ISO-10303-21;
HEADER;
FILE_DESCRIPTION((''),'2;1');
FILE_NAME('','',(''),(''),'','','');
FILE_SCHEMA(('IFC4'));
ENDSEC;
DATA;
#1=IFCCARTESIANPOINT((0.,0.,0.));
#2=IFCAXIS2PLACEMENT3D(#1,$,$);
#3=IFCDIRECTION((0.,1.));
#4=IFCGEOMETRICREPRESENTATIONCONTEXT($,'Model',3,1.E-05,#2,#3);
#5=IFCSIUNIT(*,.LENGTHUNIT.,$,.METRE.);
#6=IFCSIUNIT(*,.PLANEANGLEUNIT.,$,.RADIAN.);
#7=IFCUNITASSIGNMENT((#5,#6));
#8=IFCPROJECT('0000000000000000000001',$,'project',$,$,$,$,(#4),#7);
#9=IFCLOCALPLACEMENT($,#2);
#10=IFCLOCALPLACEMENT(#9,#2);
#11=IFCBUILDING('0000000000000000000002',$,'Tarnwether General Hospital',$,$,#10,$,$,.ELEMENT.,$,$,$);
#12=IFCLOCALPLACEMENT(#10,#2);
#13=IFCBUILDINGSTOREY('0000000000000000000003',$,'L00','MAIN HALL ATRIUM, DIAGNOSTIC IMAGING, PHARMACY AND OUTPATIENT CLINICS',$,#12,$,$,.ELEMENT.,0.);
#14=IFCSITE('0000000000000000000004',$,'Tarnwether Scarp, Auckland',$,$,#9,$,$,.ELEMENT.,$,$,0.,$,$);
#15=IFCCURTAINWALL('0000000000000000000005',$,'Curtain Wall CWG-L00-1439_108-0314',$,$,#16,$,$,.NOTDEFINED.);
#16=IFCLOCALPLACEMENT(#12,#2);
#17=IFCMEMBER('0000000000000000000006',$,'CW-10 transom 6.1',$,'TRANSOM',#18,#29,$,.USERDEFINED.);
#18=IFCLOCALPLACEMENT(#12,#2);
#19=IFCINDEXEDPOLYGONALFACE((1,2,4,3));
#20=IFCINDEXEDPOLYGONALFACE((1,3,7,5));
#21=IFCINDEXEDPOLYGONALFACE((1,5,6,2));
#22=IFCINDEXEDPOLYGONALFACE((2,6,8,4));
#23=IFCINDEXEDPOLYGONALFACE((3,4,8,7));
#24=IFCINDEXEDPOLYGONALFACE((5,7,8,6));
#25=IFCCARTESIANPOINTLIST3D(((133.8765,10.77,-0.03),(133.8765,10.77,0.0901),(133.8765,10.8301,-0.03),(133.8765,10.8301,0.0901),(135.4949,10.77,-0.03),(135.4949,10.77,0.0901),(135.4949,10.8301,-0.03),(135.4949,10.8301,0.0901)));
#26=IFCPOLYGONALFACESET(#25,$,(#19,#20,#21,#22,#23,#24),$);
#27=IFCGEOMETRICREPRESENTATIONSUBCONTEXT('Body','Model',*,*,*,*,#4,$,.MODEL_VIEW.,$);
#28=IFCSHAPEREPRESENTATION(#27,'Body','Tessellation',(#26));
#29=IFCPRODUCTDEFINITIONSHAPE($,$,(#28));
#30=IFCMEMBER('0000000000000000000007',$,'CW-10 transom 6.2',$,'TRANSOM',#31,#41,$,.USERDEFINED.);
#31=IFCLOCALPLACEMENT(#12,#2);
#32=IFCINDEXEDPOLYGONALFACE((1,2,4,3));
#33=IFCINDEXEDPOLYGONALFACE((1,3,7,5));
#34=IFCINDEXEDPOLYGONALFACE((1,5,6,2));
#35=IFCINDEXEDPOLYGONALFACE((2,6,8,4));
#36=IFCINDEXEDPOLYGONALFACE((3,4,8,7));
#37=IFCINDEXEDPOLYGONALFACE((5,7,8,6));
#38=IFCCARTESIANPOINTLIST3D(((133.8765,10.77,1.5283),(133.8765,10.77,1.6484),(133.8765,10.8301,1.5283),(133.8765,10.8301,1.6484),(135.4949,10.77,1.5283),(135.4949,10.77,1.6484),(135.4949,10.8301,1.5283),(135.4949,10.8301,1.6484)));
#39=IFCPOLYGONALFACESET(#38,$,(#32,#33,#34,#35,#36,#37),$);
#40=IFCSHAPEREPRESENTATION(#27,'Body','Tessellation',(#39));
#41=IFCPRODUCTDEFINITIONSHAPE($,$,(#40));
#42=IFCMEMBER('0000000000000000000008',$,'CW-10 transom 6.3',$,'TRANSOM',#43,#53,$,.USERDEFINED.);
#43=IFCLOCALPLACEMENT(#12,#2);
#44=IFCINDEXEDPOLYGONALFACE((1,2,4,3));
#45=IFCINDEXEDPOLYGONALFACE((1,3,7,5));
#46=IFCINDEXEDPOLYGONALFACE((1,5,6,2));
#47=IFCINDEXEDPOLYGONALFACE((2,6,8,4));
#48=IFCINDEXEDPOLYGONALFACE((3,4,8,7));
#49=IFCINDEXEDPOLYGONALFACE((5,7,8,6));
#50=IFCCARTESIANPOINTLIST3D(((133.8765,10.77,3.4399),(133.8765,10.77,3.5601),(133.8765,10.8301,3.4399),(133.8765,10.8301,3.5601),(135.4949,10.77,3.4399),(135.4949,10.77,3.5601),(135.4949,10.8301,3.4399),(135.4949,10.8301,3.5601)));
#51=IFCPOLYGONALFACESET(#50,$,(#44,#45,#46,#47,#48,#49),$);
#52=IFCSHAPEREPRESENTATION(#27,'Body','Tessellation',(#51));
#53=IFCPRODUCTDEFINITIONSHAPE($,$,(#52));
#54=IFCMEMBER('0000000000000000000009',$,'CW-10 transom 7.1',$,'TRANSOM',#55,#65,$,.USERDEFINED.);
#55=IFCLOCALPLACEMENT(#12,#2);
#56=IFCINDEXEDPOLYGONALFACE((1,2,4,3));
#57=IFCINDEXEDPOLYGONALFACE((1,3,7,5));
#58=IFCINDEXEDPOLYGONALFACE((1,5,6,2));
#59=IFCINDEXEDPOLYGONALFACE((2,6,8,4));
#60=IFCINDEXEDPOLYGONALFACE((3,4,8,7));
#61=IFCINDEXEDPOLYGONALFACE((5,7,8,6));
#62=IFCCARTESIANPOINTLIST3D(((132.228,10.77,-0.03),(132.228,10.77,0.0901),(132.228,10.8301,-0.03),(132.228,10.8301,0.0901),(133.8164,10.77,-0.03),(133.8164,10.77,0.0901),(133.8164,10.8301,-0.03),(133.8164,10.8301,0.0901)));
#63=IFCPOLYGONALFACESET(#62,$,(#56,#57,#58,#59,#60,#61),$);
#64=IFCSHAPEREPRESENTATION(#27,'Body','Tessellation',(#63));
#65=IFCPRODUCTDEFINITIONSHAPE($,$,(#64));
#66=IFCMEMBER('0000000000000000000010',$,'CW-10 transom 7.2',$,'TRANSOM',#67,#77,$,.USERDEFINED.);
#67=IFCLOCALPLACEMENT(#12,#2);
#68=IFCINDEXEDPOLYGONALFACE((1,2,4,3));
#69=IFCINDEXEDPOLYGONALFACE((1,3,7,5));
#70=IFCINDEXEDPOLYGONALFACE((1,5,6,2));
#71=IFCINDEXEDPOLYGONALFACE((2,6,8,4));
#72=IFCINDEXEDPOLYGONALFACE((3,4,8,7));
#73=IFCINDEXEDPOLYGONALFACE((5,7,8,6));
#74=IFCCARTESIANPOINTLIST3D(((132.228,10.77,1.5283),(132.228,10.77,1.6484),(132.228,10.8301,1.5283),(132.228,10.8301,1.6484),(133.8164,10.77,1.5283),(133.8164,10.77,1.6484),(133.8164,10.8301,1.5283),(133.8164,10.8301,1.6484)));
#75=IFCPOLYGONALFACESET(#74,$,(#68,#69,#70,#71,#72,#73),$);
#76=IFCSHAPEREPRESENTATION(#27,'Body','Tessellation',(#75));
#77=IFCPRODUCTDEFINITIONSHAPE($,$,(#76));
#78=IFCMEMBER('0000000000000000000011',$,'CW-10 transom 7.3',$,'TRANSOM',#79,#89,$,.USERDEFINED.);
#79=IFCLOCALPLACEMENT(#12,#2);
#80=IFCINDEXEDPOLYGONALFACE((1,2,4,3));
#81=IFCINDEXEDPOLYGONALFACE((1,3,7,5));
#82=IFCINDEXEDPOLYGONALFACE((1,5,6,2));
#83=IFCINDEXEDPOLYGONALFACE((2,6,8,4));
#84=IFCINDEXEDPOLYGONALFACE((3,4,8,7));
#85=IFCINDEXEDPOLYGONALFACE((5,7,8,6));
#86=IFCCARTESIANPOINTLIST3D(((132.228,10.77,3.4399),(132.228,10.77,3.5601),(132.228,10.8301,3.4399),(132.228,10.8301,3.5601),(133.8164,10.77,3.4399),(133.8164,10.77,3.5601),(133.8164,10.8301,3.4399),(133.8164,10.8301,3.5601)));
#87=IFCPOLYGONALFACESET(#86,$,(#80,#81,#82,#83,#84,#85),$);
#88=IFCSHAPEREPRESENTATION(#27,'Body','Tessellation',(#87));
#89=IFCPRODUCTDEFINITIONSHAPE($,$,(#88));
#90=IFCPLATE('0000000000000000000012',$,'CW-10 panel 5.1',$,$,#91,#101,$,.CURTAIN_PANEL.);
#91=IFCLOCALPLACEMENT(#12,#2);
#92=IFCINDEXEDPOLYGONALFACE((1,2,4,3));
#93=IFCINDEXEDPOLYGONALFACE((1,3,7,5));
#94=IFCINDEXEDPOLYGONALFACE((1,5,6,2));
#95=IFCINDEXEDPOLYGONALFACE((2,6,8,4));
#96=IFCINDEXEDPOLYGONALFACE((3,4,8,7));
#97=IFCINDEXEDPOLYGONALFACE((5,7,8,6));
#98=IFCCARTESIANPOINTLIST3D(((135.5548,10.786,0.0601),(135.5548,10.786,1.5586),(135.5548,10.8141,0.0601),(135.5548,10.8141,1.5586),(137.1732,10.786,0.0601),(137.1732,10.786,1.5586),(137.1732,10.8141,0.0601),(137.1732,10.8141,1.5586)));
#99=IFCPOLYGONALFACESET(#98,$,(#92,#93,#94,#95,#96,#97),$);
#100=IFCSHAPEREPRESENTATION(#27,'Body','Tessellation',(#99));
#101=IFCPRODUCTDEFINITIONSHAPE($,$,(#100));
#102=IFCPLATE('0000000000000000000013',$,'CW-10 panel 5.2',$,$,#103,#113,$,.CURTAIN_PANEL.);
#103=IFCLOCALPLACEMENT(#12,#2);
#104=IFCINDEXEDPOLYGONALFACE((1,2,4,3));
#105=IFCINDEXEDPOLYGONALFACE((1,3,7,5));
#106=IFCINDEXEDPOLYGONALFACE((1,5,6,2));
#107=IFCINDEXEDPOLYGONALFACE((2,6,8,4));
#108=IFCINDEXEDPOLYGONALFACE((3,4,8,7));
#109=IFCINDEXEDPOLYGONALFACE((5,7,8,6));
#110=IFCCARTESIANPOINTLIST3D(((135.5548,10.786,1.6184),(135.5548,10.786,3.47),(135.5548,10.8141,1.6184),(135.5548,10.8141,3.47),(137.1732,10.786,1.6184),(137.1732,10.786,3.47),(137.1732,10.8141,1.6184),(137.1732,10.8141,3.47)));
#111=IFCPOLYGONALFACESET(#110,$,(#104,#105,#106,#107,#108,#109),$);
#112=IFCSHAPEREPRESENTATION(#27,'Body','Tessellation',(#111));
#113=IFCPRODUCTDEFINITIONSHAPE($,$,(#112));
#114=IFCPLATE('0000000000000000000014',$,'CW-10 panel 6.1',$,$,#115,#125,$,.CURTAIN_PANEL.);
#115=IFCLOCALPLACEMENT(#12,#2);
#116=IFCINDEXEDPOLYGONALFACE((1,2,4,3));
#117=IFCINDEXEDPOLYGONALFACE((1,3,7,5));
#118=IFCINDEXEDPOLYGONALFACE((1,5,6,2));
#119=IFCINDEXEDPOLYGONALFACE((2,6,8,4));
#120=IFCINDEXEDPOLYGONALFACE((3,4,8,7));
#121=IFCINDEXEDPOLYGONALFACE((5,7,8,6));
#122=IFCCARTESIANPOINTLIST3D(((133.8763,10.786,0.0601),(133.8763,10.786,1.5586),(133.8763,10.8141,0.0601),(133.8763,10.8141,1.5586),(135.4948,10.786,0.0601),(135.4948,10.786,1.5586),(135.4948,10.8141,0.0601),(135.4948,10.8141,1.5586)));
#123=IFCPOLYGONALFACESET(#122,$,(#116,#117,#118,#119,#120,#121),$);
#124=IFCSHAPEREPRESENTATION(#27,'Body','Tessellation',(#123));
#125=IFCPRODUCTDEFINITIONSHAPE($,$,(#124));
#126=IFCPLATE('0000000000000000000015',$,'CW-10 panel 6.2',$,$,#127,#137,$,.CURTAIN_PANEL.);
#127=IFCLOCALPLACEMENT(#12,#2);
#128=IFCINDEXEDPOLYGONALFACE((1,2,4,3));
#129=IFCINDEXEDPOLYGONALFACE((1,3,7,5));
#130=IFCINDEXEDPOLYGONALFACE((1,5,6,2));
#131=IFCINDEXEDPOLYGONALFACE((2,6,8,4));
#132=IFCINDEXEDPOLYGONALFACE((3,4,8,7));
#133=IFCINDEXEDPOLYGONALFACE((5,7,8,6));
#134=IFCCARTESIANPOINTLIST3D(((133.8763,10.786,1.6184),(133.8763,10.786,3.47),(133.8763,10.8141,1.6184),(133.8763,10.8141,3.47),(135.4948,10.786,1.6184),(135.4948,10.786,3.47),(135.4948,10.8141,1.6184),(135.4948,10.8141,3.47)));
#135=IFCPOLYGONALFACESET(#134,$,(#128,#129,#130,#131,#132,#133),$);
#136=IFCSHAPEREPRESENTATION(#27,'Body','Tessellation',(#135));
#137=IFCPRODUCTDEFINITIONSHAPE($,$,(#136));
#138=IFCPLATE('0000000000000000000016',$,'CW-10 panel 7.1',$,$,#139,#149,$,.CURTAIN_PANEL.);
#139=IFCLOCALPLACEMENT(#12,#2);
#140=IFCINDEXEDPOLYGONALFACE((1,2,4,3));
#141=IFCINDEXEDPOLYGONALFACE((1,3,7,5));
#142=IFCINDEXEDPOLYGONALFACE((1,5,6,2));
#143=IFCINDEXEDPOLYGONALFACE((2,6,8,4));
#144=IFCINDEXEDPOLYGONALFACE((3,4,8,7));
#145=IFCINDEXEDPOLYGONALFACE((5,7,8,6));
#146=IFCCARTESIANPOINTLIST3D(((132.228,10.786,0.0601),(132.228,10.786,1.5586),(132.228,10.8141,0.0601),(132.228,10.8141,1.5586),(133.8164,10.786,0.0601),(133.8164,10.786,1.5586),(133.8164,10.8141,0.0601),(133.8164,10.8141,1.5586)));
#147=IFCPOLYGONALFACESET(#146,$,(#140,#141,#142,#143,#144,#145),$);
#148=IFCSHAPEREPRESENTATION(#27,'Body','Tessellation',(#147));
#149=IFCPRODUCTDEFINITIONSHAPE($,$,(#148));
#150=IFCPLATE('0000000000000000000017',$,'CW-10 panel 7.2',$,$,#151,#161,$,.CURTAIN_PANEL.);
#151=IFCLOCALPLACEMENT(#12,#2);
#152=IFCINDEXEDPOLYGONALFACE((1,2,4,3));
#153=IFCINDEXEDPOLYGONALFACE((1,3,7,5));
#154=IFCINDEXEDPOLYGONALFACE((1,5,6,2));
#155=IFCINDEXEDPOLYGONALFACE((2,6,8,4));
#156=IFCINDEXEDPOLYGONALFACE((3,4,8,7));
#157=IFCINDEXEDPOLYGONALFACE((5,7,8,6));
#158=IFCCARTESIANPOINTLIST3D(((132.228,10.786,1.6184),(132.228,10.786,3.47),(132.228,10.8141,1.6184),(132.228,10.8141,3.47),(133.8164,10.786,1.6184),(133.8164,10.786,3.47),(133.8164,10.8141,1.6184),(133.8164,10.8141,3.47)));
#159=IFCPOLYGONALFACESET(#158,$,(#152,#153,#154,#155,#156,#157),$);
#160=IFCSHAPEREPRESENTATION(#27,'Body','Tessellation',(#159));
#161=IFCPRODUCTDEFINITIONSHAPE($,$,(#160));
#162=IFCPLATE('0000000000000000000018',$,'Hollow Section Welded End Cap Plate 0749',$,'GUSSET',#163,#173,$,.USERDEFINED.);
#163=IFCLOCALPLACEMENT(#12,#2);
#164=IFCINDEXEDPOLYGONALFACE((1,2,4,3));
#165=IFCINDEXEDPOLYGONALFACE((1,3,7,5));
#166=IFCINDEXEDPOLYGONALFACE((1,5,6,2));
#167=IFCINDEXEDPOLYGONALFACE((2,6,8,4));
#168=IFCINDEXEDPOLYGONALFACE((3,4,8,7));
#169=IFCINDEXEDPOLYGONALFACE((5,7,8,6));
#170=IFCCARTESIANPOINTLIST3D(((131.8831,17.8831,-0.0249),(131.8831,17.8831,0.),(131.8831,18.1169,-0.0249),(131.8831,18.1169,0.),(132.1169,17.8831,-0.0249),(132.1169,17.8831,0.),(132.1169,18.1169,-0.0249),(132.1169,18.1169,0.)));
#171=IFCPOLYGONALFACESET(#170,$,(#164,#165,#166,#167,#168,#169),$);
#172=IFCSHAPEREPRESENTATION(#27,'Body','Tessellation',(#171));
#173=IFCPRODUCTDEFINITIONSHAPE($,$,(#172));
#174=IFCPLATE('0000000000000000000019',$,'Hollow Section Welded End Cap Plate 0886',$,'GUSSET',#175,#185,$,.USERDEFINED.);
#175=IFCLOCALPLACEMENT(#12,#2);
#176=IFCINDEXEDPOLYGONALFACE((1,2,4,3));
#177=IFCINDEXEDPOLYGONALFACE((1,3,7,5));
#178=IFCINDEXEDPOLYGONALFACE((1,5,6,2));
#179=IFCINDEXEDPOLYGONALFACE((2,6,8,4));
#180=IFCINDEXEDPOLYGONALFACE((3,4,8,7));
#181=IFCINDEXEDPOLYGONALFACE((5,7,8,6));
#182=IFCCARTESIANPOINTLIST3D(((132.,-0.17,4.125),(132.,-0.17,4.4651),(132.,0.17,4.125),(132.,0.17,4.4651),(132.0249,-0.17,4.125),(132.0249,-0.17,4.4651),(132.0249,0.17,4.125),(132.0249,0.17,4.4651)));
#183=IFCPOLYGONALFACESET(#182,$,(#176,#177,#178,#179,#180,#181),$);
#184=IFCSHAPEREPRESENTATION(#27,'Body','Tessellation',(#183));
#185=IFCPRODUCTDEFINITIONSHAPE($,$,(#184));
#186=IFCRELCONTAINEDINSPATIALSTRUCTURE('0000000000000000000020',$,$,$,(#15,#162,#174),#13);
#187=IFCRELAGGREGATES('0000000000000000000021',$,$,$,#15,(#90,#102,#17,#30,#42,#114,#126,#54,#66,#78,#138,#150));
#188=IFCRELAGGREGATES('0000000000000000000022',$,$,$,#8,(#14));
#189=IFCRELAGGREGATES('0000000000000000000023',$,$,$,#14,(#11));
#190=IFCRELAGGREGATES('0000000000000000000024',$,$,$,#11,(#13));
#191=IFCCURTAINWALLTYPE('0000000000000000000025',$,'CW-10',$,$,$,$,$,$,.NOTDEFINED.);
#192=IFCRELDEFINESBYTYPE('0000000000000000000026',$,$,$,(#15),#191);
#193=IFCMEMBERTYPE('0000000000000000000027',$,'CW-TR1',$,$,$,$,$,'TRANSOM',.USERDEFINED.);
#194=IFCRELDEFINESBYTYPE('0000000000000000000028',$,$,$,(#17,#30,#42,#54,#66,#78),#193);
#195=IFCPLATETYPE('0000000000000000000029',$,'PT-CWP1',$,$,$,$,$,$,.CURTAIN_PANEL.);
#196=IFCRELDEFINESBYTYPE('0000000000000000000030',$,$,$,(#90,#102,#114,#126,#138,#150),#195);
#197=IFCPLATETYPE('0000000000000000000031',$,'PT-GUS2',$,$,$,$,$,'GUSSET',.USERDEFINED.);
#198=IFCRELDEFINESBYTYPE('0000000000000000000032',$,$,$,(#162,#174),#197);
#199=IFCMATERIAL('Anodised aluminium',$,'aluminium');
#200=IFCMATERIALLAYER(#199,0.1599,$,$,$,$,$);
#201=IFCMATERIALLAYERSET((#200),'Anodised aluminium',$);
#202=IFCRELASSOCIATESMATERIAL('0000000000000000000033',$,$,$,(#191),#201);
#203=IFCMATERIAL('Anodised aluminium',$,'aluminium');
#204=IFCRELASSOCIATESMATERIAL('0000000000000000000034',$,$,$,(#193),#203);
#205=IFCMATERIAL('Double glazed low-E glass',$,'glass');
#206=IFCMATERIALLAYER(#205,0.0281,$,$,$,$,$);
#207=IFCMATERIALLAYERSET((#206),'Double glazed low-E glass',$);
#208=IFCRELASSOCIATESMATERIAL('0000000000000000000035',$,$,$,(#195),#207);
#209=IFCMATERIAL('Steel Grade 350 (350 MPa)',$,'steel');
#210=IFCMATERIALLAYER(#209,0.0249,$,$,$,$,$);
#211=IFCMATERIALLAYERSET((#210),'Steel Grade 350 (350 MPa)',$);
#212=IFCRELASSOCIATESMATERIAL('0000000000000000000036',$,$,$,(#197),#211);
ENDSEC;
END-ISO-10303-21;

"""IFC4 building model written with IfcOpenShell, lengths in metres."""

from ifc_helpers import new_model, si_unit, direction, frame, origin, origin_2d, place, context, subcontext, project, spatial, rectangle, extrude, material, layer, layer_set, material_profile, profile_set, type_object, element, aggregate, save


model = new_model("IFC4")

# Units and contexts
model_context = context("Model", 3, precision=1e-05, world=origin(), true_north=direction((0.0, 1.0)))
body_context = subcontext(model_context, "Body", "Model", "MODEL_VIEW")
ifc_project = project(units=[si_unit("LENGTHUNIT", "METRE"), si_unit("PLANEANGLEUNIT", "RADIAN")], contexts=[model_context])

# Site, building, storey
site_placement = place(None, origin())
site = spatial("IfcSite", under=ifc_project, at=site_placement, Name="Tarnwether Scarp, Auckland", CompositionType="ELEMENT", RefElevation=0.0)
building_placement = place(site_placement, origin())
building = spatial("IfcBuilding", under=site, at=building_placement, Name="Tarnwether General Hospital", CompositionType="ELEMENT")
storey_placement = place(building_placement, origin())
storey = spatial("IfcBuildingStorey", under=building, at=storey_placement, Name="L00", Description="MAIN HALL ATRIUM, DIAGNOSTIC IMAGING, PHARMACY AND OUTPATIENT CLINICS", CompositionType="ELEMENT", Elevation=0.0)

# Curtain wall, members, plates
ifc_material_1 = material(Name="Anodised aluminium", Category="aluminium")
ifc_layer_1 = layer(ifc_material_1, 0.1599)
ifc_layer_set_1 = layer_set([ifc_layer_1], Name="Anodised aluminium")
curtain_wall_type = type_object("IfcCurtainWallType", Name="CW-10", PredefinedType="NOTDEFINED", material=ifc_layer_set_1)
curtain_wall_placement = place(storey_placement, origin())
curtain_wall = element("IfcCurtainWall", 1, at=curtain_wall_placement, inside=storey, type_object=curtain_wall_type, Name="Curtain Wall CWG-L00-1439_108-0314", PredefinedType="NOTDEFINED")
ifc_material_2 = material(Name="Anodised aluminium", Category="aluminium")
ifc_material_profile_1 = material_profile(ifc_material_2, rectangle(XDim=0.0601, YDim=0.1201, at=origin_2d()), Name="ALU-TRN-60x120")
ifc_profile_set_1 = profile_set([ifc_material_profile_1], Name="Anodised aluminium")
member_type_1 = type_object("IfcMemberType", Name="CW-TR1", ElementType="TRANSOM", PredefinedType="USERDEFINED", material=ifc_profile_set_1)
member_1_placement = place(storey_placement, frame((135.4949, 10.8, 0.03), z_axis=(-1.0, 0.0, 0.0), x_axis=(0.0, -1.0, 0.0)))
member_1 = element("IfcMember", 2, at=member_1_placement, type_object=member_type_1, Name="CW-10 transom 6.1", ObjectType="TRANSOM", PredefinedType="USERDEFINED", context=body_context, shape_type="SweptSolid", body=[
    extrude(rectangle(XDim=0.0601, YDim=0.1201, at=origin_2d()), origin(), (0.0, 0.0, 1.0), 1.6184),
])
member_2_placement = place(storey_placement, frame((135.4949, 10.8, 1.5884), z_axis=(-1.0, 0.0, 0.0), x_axis=(0.0, -1.0, 0.0)))
member_2 = element("IfcMember", 3, at=member_2_placement, type_object=member_type_1, Name="CW-10 transom 6.2", ObjectType="TRANSOM", PredefinedType="USERDEFINED", context=body_context, shape_type="SweptSolid", body=[
    extrude(rectangle(XDim=0.0601, YDim=0.1201, at=origin_2d()), origin(), (0.0, 0.0, 1.0), 1.6184),
])
member_3_placement = place(storey_placement, frame((135.4949, 10.8, 3.5), z_axis=(-1.0, 0.0, 0.0), x_axis=(0.0, -1.0, 0.0)))
member_3 = element("IfcMember", 4, at=member_3_placement, type_object=member_type_1, Name="CW-10 transom 6.3", ObjectType="TRANSOM", PredefinedType="USERDEFINED", context=body_context, shape_type="SweptSolid", body=[
    extrude(rectangle(XDim=0.0601, YDim=0.1201, at=origin_2d()), origin(), (0.0, 0.0, 1.0), 1.6184),
])
member_4_placement = place(storey_placement, frame((133.8164, 10.8, 0.03), z_axis=(-1.0, 0.0, 0.0), x_axis=(0.0, -1.0, 0.0)))
member_4 = element("IfcMember", 5, at=member_4_placement, type_object=member_type_1, Name="CW-10 transom 7.1", ObjectType="TRANSOM", PredefinedType="USERDEFINED", context=body_context, shape_type="SweptSolid", body=[
    extrude(rectangle(XDim=0.0601, YDim=0.1201, at=origin_2d()), origin(), (0.0, 0.0, 1.0), 1.5884),
])
member_5_placement = place(storey_placement, frame((133.8164, 10.8, 1.5884), z_axis=(-1.0, 0.0, 0.0), x_axis=(0.0, -1.0, 0.0)))
member_5 = element("IfcMember", 6, at=member_5_placement, type_object=member_type_1, Name="CW-10 transom 7.2", ObjectType="TRANSOM", PredefinedType="USERDEFINED", context=body_context, shape_type="SweptSolid", body=[
    extrude(rectangle(XDim=0.0601, YDim=0.1201, at=origin_2d()), origin(), (0.0, 0.0, 1.0), 1.5884),
])
member_6_placement = place(storey_placement, frame((133.8164, 10.8, 3.5), z_axis=(-1.0, 0.0, 0.0), x_axis=(0.0, -1.0, 0.0)))
member_6 = element("IfcMember", 7, at=member_6_placement, type_object=member_type_1, Name="CW-10 transom 7.3", ObjectType="TRANSOM", PredefinedType="USERDEFINED", context=body_context, shape_type="SweptSolid", body=[
    extrude(rectangle(XDim=0.0601, YDim=0.1201, at=origin_2d()), origin(), (0.0, 0.0, 1.0), 1.5884),
])
ifc_material_3 = material(Name="Double glazed low-E glass", Category="glass")
ifc_layer_2 = layer(ifc_material_3, 0.0281)
ifc_layer_set_2 = layer_set([ifc_layer_2], Name="Double glazed low-E glass")
plate_type_1 = type_object("IfcPlateType", Name="PT-CWP1", PredefinedType="CURTAIN_PANEL", material=ifc_layer_set_2)
plate_1_placement = place(storey_placement, frame((136.364, 10.8, 0.0601), z_axis=(0.0, 0.0, 1.0), x_axis=(-1.0, 0.0, 0.0)))
plate_1 = element("IfcPlate", 8, at=plate_1_placement, type_object=plate_type_1, Name="CW-10 panel 5.1", PredefinedType="CURTAIN_PANEL", context=body_context, shape_type="SweptSolid", body=[
    extrude(rectangle(XDim=1.6184, YDim=0.0281, at=origin_2d()), origin(), (0.0, 0.0, 1.0), 1.4985),
])
plate_2_placement = place(storey_placement, frame((136.364, 10.8, 1.6184), z_axis=(0.0, 0.0, 1.0), x_axis=(-1.0, 0.0, 0.0)))
plate_2 = element("IfcPlate", 9, at=plate_2_placement, type_object=plate_type_1, Name="CW-10 panel 5.2", PredefinedType="CURTAIN_PANEL", context=body_context, shape_type="SweptSolid", body=[
    extrude(rectangle(XDim=1.6184, YDim=0.0281, at=origin_2d()), origin(), (0.0, 0.0, 1.0), 1.8516),
])
plate_3_placement = place(storey_placement, frame((134.6855, 10.8, 0.0601), z_axis=(0.0, 0.0, 1.0), x_axis=(-1.0, 0.0, 0.0)))
plate_3 = element("IfcPlate", 10, at=plate_3_placement, type_object=plate_type_1, Name="CW-10 panel 6.1", PredefinedType="CURTAIN_PANEL", context=body_context, shape_type="SweptSolid", body=[
    extrude(rectangle(XDim=1.6184, YDim=0.0281, at=origin_2d()), origin(), (0.0, 0.0, 1.0), 1.4985),
])
plate_4_placement = place(storey_placement, frame((134.6855, 10.8, 1.6184), z_axis=(0.0, 0.0, 1.0), x_axis=(-1.0, 0.0, 0.0)))
plate_4 = element("IfcPlate", 11, at=plate_4_placement, type_object=plate_type_1, Name="CW-10 panel 6.2", PredefinedType="CURTAIN_PANEL", context=body_context, shape_type="SweptSolid", body=[
    extrude(rectangle(XDim=1.6184, YDim=0.0281, at=origin_2d()), origin(), (0.0, 0.0, 1.0), 1.8516),
])
plate_5_placement = place(storey_placement, frame((133.0222, 10.8, 0.0601), z_axis=(0.0, 0.0, 1.0), x_axis=(-1.0, 0.0, 0.0)))
plate_5 = element("IfcPlate", 12, at=plate_5_placement, type_object=plate_type_1, Name="CW-10 panel 7.1", PredefinedType="CURTAIN_PANEL", context=body_context, shape_type="SweptSolid", body=[
    extrude(rectangle(XDim=1.5884, YDim=0.0281, at=origin_2d()), origin(), (0.0, 0.0, 1.0), 1.4985),
])
plate_6_placement = place(storey_placement, frame((133.0222, 10.8, 1.6184), z_axis=(0.0, 0.0, 1.0), x_axis=(-1.0, 0.0, 0.0)))
plate_6 = element("IfcPlate", 13, at=plate_6_placement, type_object=plate_type_1, Name="CW-10 panel 7.2", PredefinedType="CURTAIN_PANEL", context=body_context, shape_type="SweptSolid", body=[
    extrude(rectangle(XDim=1.5884, YDim=0.0281, at=origin_2d()), origin(), (0.0, 0.0, 1.0), 1.8516),
])
aggregate(curtain_wall, [plate_1, plate_2, member_1, member_2, member_3, plate_3, plate_4, member_4, member_5, member_6, plate_5, plate_6])

# Plates
ifc_material_4 = material(Name="Steel Grade 350 (350 MPa)", Category="steel")
ifc_layer_3 = layer(ifc_material_4, 0.0249)
ifc_layer_set_3 = layer_set([ifc_layer_3], Name="Steel Grade 350 (350 MPa)")
plate_type_2 = type_object("IfcPlateType", Name="PT-GUS2", ElementType="GUSSET", PredefinedType="USERDEFINED", material=ifc_layer_set_3)
plate_7_placement = place(storey_placement, frame((132.0, 18.0, -0.0249), z_axis=(0.0, 0.0, 1.0), x_axis=(1.0, 0.0, 0.0)))
element("IfcPlate", 14, at=plate_7_placement, inside=storey, type_object=plate_type_2, Name="Hollow Section Welded End Cap Plate 0749", ObjectType="GUSSET", PredefinedType="USERDEFINED", context=body_context, shape_type="SweptSolid", body=[
    extrude(rectangle(XDim=0.2339, YDim=0.2339, at=origin_2d()), origin(), (0.0, 0.0, 1.0), 0.0249),
])
plate_8_placement = place(storey_placement, frame((132.0125, 0.0, 4.125), z_axis=(0.0, 0.0, 1.0), x_axis=(1.0, 0.0, 0.0)))
element("IfcPlate", 15, at=plate_8_placement, inside=storey, type_object=plate_type_2, Name="Hollow Section Welded End Cap Plate 0886", ObjectType="GUSSET", PredefinedType="USERDEFINED", context=body_context, shape_type="SweptSolid", body=[
    extrude(rectangle(XDim=0.0249, YDim=0.3401, at=origin_2d()), origin(), (0.0, 0.0, 1.0), 0.3401),
])

save(model, "model.ifc")
